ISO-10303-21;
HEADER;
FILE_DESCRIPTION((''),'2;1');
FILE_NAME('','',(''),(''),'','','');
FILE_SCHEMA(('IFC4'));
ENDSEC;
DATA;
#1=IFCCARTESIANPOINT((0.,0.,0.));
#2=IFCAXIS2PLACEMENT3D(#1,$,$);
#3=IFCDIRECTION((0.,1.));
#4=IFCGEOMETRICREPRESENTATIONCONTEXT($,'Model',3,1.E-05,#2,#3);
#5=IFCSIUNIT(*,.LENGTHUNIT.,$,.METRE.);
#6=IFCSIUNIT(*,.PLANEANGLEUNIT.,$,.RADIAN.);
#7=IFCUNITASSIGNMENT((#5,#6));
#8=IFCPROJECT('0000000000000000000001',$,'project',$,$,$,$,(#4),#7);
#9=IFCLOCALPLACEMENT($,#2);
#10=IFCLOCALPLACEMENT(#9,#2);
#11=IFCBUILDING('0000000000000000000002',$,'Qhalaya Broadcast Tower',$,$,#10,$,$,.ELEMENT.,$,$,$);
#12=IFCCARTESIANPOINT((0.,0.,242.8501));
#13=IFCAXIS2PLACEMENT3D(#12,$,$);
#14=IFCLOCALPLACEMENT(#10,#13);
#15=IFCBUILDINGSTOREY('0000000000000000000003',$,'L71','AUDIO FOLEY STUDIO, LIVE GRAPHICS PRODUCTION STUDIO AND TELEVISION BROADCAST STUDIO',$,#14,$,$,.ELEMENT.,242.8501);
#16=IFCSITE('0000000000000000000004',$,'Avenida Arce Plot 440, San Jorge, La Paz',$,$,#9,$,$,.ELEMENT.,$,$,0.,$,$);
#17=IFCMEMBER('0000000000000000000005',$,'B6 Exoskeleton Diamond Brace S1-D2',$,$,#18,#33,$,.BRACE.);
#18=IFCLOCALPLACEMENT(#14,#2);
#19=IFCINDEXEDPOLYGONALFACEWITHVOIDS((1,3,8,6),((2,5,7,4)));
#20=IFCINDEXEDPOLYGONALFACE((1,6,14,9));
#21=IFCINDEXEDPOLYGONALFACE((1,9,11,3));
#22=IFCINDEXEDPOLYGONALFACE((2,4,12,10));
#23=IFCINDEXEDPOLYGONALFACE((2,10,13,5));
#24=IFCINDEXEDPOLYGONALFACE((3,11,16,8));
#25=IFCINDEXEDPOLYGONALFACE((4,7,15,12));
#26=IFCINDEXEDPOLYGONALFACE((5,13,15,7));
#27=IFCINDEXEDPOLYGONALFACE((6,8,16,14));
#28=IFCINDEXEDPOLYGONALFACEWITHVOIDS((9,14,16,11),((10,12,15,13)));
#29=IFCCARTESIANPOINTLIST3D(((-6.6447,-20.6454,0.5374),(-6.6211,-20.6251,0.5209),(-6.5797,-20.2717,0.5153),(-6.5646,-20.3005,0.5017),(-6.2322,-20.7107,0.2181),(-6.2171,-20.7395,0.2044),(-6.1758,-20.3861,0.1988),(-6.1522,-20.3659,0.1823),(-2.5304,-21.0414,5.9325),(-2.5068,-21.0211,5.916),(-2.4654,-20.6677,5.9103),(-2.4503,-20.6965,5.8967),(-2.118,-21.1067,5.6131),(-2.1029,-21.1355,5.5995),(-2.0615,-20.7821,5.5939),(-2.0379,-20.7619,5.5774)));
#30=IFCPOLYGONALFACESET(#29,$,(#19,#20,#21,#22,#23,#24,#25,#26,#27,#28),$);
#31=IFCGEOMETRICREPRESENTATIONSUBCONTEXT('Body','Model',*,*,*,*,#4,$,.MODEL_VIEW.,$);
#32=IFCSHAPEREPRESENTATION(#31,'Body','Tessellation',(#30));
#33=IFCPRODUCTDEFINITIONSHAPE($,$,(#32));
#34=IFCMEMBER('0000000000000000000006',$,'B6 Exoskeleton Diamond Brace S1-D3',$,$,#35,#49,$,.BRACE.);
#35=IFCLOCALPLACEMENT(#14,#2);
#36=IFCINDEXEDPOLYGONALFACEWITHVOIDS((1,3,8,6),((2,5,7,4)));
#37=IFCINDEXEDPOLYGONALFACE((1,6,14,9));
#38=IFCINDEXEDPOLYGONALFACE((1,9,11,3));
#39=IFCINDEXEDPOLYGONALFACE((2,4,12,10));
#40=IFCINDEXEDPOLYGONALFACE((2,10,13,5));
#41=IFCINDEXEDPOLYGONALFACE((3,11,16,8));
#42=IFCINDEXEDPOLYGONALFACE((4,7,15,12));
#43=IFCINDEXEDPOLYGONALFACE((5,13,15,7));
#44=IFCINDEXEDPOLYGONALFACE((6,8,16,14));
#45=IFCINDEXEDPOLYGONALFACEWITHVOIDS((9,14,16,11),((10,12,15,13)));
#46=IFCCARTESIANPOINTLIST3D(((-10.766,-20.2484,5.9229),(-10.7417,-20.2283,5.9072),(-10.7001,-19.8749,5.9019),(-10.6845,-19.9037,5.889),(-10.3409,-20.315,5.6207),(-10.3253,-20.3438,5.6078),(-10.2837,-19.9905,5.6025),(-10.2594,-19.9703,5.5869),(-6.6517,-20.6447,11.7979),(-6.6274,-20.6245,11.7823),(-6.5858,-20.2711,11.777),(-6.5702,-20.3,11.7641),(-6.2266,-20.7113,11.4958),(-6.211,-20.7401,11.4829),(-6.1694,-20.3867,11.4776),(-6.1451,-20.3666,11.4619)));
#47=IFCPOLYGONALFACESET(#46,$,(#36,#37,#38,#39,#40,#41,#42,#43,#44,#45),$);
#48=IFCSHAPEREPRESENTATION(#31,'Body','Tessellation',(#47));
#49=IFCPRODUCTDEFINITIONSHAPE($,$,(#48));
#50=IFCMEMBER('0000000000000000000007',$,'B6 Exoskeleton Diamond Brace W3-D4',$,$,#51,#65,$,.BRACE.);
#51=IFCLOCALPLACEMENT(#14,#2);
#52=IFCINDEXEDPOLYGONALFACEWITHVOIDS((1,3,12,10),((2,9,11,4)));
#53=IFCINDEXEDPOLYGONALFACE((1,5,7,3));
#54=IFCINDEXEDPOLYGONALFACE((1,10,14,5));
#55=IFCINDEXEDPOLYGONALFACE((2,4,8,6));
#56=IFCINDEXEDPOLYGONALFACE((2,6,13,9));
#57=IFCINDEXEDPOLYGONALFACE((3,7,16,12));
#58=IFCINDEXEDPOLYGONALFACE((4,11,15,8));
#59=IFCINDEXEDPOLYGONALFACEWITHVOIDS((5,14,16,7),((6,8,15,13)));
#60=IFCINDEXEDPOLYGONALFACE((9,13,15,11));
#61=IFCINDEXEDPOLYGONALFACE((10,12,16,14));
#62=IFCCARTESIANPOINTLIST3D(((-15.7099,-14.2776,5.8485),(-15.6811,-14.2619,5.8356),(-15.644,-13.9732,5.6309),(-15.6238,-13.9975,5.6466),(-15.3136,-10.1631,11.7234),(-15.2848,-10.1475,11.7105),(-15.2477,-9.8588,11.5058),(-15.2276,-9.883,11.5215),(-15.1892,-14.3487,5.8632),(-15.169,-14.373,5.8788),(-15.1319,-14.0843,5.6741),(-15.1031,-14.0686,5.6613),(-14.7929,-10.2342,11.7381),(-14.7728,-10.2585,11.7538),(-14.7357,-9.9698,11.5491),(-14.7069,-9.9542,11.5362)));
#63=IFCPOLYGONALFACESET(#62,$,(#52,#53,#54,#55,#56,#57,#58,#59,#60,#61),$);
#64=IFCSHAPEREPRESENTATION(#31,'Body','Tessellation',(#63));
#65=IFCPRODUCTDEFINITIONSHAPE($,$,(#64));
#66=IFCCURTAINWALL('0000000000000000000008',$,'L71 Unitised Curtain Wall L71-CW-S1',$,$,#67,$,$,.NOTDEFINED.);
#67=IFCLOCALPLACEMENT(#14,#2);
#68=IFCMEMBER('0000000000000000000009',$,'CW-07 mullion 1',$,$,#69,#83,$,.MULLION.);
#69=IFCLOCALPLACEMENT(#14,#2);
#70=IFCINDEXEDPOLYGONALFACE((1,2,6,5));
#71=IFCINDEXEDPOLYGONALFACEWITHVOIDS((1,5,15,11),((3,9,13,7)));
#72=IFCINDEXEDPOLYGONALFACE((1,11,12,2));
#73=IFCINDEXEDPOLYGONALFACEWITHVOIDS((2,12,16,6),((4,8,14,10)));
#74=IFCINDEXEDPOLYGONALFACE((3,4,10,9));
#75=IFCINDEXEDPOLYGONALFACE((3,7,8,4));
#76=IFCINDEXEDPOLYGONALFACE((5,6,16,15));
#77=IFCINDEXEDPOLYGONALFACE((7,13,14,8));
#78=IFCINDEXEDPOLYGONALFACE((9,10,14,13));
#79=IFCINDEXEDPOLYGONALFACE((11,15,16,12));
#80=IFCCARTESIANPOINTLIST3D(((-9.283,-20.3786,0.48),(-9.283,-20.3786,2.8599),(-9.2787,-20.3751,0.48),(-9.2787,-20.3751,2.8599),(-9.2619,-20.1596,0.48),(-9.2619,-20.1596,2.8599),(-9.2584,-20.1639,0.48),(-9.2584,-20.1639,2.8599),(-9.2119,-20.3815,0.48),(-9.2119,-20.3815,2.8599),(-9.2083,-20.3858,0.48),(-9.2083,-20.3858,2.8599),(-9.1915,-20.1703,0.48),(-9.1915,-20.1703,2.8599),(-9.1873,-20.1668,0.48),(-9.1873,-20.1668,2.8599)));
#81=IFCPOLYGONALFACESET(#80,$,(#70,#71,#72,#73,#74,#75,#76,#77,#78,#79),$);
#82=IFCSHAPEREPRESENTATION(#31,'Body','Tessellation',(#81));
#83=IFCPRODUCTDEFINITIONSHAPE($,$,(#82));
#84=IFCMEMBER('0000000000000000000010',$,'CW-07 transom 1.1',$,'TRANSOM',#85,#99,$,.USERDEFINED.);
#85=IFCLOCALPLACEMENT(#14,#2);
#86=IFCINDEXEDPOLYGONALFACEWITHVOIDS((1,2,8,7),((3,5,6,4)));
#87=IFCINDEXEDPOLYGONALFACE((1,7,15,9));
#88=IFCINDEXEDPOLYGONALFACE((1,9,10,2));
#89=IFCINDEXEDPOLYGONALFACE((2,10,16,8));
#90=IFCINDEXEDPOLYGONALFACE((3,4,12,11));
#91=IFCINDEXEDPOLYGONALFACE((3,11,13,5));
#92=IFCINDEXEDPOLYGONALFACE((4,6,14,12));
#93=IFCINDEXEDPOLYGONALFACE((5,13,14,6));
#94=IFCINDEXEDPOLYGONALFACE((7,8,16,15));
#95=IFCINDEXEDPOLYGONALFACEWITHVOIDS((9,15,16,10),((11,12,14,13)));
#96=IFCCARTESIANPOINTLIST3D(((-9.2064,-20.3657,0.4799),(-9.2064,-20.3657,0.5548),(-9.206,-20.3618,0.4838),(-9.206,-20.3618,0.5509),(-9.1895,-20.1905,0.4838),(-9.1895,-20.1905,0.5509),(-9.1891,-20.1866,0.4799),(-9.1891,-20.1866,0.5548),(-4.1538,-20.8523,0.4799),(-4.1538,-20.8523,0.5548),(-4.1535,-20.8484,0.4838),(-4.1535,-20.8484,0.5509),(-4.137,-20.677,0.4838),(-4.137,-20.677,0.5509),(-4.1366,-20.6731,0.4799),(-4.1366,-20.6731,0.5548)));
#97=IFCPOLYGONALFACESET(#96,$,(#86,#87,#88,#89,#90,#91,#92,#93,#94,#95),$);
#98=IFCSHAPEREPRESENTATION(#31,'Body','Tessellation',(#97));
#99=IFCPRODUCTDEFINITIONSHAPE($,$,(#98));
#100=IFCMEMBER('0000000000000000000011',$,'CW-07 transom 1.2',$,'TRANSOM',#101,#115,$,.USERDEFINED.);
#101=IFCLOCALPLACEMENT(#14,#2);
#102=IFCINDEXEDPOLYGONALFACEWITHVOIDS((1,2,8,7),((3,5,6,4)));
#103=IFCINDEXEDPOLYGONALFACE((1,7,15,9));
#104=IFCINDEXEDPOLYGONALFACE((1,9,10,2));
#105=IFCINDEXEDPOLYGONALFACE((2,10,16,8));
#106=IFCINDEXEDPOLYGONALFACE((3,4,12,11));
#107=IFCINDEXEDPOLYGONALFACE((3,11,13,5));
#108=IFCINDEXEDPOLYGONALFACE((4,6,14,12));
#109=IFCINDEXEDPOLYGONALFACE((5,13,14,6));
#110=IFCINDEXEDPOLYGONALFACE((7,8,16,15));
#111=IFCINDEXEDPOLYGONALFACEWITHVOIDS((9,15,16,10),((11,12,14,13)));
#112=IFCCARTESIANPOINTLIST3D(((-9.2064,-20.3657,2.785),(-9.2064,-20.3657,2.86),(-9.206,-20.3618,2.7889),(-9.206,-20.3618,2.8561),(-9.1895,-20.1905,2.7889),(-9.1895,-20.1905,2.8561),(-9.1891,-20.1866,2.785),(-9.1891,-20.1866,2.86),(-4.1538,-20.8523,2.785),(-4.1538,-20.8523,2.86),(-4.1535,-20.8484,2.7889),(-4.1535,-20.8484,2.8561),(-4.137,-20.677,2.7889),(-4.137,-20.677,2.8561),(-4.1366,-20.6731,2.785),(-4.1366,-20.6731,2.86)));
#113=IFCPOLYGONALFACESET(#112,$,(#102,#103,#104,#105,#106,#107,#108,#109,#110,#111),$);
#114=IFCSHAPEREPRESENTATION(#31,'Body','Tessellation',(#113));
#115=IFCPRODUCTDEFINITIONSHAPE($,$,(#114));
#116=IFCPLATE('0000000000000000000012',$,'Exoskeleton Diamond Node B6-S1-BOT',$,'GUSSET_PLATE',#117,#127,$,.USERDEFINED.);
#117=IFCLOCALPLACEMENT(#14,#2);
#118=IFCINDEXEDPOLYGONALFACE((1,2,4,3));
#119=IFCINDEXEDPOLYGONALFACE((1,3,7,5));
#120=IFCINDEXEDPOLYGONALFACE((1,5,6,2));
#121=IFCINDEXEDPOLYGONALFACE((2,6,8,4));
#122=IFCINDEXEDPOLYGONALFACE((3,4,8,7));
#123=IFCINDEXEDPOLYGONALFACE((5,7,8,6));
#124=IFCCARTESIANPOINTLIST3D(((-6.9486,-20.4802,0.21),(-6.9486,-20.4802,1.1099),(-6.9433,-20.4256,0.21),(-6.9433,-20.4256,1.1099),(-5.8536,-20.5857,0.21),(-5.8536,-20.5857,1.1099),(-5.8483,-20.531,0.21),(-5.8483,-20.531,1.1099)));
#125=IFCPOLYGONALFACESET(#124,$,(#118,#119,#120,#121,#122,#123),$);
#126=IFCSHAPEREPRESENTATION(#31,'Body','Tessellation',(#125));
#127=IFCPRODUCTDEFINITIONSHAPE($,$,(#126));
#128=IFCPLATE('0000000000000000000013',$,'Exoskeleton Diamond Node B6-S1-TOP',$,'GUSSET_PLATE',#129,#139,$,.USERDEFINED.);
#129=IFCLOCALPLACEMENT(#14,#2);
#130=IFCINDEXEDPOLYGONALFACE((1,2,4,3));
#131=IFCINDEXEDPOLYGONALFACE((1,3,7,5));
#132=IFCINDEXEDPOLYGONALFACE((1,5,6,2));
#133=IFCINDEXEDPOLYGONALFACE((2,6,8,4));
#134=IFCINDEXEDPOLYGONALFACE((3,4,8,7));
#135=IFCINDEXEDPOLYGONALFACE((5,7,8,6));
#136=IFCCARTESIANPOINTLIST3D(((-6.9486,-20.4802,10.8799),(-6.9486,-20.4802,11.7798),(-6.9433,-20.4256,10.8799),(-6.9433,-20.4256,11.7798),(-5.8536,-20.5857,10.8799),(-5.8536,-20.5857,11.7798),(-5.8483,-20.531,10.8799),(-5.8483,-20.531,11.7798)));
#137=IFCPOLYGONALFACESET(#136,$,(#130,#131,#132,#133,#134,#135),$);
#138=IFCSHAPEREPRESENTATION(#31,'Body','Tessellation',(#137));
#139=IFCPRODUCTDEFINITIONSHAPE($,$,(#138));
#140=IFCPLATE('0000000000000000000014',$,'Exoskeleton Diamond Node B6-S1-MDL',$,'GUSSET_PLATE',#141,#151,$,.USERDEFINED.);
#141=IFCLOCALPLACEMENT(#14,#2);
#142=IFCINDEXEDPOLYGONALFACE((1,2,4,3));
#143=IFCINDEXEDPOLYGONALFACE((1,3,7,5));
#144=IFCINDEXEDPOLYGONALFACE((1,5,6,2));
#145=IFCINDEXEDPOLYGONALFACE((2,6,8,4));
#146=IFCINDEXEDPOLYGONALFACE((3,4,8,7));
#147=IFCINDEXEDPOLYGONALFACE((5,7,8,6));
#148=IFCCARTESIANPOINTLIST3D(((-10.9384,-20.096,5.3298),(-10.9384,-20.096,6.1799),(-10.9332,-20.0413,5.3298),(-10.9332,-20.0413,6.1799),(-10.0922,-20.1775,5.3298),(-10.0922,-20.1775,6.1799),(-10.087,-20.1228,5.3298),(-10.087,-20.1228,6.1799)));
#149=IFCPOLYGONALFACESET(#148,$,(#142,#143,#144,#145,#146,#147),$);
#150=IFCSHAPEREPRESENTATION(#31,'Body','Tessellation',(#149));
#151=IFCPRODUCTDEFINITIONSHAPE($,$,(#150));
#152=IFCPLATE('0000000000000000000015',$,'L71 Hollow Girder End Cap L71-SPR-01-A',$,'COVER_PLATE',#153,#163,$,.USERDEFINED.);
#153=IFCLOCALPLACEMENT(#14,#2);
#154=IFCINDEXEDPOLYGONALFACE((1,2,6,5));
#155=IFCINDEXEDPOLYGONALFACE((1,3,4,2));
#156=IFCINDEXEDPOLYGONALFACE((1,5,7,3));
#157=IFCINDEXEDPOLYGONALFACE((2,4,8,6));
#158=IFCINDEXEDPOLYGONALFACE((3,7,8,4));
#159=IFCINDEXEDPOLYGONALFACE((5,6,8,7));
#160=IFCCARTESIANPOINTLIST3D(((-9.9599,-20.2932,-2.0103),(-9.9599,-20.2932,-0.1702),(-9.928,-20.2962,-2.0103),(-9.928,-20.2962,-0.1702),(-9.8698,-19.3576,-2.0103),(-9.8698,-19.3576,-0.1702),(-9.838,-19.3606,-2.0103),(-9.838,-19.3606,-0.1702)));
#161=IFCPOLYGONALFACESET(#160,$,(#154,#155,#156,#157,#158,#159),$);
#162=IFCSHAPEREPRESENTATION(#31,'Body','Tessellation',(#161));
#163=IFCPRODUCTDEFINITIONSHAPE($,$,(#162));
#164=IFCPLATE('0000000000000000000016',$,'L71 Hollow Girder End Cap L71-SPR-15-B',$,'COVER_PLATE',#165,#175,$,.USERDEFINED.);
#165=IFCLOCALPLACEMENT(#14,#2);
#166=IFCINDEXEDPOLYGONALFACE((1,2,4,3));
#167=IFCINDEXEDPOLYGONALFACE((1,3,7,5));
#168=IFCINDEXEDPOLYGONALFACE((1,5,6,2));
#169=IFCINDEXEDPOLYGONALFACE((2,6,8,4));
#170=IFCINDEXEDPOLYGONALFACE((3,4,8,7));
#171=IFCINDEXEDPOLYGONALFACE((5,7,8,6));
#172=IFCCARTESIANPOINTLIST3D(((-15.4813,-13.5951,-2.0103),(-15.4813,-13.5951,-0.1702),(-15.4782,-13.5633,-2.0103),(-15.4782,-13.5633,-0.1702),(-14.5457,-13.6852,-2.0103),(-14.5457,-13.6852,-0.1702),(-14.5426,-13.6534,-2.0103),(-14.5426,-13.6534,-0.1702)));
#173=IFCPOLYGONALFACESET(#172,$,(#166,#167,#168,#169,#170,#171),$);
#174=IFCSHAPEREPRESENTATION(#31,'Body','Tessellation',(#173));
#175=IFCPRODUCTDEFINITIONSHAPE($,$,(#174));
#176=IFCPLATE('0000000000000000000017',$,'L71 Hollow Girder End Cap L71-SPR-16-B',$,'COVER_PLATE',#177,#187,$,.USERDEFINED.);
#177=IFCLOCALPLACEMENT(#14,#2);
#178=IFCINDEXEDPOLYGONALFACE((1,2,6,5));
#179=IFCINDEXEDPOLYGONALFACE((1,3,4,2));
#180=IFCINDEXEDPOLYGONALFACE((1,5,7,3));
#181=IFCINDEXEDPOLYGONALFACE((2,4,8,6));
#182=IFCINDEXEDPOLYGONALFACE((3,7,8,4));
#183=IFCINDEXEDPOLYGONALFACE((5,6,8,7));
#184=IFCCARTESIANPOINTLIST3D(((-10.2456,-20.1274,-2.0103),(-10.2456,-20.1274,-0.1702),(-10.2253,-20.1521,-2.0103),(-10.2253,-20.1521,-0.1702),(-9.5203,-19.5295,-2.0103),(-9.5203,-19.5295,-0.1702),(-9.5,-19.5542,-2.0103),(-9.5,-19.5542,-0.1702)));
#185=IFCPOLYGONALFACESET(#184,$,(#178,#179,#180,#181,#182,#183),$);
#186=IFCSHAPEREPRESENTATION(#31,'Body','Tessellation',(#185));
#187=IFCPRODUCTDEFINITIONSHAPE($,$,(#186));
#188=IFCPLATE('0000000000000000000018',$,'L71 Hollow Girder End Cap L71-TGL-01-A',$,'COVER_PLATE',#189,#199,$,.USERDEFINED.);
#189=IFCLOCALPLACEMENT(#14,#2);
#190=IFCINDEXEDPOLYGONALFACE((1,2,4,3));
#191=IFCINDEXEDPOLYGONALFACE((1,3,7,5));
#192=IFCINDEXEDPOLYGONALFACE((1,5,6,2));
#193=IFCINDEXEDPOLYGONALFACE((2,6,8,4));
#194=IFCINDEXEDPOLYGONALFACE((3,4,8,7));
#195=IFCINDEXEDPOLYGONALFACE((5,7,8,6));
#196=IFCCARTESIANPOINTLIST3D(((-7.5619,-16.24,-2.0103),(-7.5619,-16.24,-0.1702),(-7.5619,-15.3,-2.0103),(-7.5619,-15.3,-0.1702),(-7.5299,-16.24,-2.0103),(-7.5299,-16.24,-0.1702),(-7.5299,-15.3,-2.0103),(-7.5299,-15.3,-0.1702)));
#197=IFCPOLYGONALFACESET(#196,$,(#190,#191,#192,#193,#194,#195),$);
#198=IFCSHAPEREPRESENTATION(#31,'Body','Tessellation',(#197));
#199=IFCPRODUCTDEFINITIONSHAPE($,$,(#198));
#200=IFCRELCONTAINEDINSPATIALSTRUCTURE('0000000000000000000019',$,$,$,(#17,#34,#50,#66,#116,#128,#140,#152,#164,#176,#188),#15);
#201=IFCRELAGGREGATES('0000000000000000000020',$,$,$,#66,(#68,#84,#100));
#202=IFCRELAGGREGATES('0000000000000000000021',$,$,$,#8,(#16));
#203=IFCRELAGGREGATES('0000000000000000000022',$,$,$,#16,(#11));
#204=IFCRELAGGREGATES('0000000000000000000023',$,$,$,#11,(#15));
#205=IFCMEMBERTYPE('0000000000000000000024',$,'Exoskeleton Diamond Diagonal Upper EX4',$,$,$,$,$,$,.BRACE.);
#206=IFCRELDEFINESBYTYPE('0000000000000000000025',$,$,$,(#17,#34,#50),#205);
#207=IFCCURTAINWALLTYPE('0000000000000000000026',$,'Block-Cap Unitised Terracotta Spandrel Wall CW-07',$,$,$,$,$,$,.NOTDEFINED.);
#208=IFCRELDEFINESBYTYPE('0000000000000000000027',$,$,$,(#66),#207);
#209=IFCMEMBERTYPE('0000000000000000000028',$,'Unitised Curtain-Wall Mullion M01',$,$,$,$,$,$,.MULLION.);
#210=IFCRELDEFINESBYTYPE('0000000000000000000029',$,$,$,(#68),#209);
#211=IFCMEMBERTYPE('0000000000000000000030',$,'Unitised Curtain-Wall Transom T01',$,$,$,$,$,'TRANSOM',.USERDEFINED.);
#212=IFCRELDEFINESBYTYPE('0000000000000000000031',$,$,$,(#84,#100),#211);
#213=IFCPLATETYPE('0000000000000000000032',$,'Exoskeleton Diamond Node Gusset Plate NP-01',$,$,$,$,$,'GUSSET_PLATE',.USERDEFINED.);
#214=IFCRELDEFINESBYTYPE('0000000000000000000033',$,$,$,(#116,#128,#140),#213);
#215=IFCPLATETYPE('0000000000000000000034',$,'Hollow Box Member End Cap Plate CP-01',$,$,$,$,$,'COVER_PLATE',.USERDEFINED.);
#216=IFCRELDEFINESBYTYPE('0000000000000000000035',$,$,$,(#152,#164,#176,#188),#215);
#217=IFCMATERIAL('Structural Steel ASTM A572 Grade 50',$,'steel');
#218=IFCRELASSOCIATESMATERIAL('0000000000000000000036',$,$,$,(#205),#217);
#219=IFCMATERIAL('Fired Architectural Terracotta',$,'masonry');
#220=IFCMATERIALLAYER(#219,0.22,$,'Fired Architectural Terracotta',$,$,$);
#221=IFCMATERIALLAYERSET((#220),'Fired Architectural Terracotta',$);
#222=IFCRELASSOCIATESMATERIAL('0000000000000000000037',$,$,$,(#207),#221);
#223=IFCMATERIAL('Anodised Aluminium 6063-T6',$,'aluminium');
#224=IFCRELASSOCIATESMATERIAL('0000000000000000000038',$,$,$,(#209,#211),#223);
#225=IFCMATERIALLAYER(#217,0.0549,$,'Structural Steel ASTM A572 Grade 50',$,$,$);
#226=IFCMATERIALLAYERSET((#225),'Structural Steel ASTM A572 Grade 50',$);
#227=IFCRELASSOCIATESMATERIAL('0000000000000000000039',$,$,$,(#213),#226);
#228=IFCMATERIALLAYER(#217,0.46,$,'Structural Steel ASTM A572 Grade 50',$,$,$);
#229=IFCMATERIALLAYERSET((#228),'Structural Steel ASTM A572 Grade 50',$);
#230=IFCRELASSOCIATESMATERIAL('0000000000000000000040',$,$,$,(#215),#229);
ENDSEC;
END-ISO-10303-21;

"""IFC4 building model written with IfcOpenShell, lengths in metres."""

from ifc_helpers import new_model, si_unit, direction, frame, origin, origin_2d, place, context, subcontext, project, spatial, rectangle, hollow_rectangle, extrude, material, layer, layer_set, material_profile, profile_set, type_object, element, aggregate, save


model = new_model("IFC4")

# Units and contexts
model_context = context("Model", 3, precision=1e-05, world=origin(), true_north=direction((0.0, 1.0)))
body_context = subcontext(model_context, "Body", "Model", "MODEL_VIEW")
ifc_project = project(units=[si_unit("LENGTHUNIT", "METRE"), si_unit("PLANEANGLEUNIT", "RADIAN")], contexts=[model_context])

# Site, building, storey
site_placement = place(None, origin())
site = spatial("IfcSite", under=ifc_project, at=site_placement, Name="Avenida Arce Plot 440, San Jorge, La Paz", CompositionType="ELEMENT", RefElevation=0.0)
building_placement = place(site_placement, origin())
building = spatial("IfcBuilding", under=site, at=building_placement, Name="Qhalaya Broadcast Tower", CompositionType="ELEMENT")
storey_placement = place(building_placement, frame((0.0, 0.0, 242.8501)))
storey = spatial("IfcBuildingStorey", under=building, at=storey_placement, Name="L71", Description="AUDIO FOLEY STUDIO, LIVE GRAPHICS PRODUCTION STUDIO AND TELEVISION BROADCAST STUDIO", CompositionType="ELEMENT", Elevation=242.8501)

# Shared definitions
ifc_material_1 = material(Name="Structural Steel ASTM A572 Grade 50", Category="steel")

# Members
ifc_material_profile_1 = material_profile(ifc_material_1, hollow_rectangle(XDim=0.3799, YDim=0.55, WallThickness=0.0249, at=origin_2d()), Name="BOX 380x550x25")
ifc_profile_set_1 = profile_set([ifc_material_profile_1], Name="Structural Steel ASTM A572 Grade 50")
member_type_1 = type_object("IfcMemberType", Name="Exoskeleton Diamond Diagonal Upper EX4", PredefinedType="BRACE", material=ifc_profile_set_1)
for number, where, z_axis, x_axis, name in (
    (1, (-6.3984, -20.5056, 0.3599), (0.605364, -0.058266, 0.793813), (0.171099, 0.983528, -0.05829), "B6 Exoskeleton Diamond Brace S1-D2"),
):
    element("IfcMember", number, at=place(storey_placement, frame(where, z_axis=z_axis, x_axis=x_axis)), inside=storey, type_object=member_type_1, Name=name, PredefinedType="BRACE", context=body_context, shape_type="SweptSolid", body=[
        extrude(hollow_rectangle(XDim=0.3799, YDim=0.55, WallThickness=0.0249, at=origin_2d()), origin(), (0.0, 0.0, 1.0), 6.7964),
    ])
for number, where, z_axis, x_axis, name in (
    (2, (-10.5127, -20.1094, 5.7549), (0.572753, -0.055161, 0.81787), (0.173452, 0.983297, -0.05515), "B6 Exoskeleton Diamond Brace S1-D3"),
    (3, (-15.4065, -14.1731, 5.7549), (0.05516, 0.572776, 0.817854), (-0.173443, -0.801152, 0.572777), "B6 Exoskeleton Diamond Brace W3-D4"),
):
    element("IfcMember", number, at=place(storey_placement, frame(where, z_axis=z_axis, x_axis=x_axis)), inside=storey, type_object=member_type_1, Name=name, PredefinedType="BRACE", context=body_context, shape_type="SweptSolid", body=[
        extrude(hollow_rectangle(XDim=0.3799, YDim=0.55, WallThickness=0.0249, at=origin_2d()), origin(), (0.0, 0.0, 1.0), 7.1833),
    ])

# Curtain wall, members
ifc_material_2 = material(Name="Fired Architectural Terracotta", Category="masonry")
ifc_layer_1 = layer(ifc_material_2, 0.22, Name="Fired Architectural Terracotta")
ifc_layer_set_1 = layer_set([ifc_layer_1], Name="Fired Architectural Terracotta")
curtain_wall_type = type_object("IfcCurtainWallType", Name="Block-Cap Unitised Terracotta Spandrel Wall CW-07", PredefinedType="NOTDEFINED", material=ifc_layer_set_1)
curtain_wall_placement = place(storey_placement, origin())
curtain_wall = element("IfcCurtainWall", 4, at=curtain_wall_placement, inside=storey, type_object=curtain_wall_type, Name="L71 Unitised Curtain Wall L71-CW-S1", PredefinedType="NOTDEFINED")
ifc_material_3 = material(Name="Anodised Aluminium 6063-T6", Category="aluminium")
ifc_material_profile_2 = material_profile(ifc_material_3, hollow_rectangle(XDim=0.075, YDim=0.22, WallThickness=0.0039, at=origin_2d()), Name="ALU-MUL 75x220x4")
ifc_profile_set_2 = profile_set([ifc_material_profile_2], Name="Anodised Aluminium 6063-T6")
member_type_2 = type_object("IfcMemberType", Name="Unitised Curtain-Wall Mullion M01", PredefinedType="MULLION", material=ifc_profile_set_2)
member_1_placement = place(storey_placement, frame((-9.2351, -20.2727, 0.48), z_axis=(0.0, 0.0, 1.0), x_axis=(0.995396, -0.095848, 0.0)))
member_1 = element("IfcMember", 5, at=member_1_placement, type_object=member_type_2, Name="CW-07 mullion 1", PredefinedType="MULLION", context=body_context, shape_type="SweptSolid", body=[
    extrude(hollow_rectangle(XDim=0.075, YDim=0.22, WallThickness=0.0039, at=origin_2d()), origin(), (0.0, 0.0, 1.0), 2.3799),
])
ifc_material_profile_3 = material_profile(ifc_material_3, hollow_rectangle(XDim=0.075, YDim=0.1799, WallThickness=0.0039, at=origin_2d()), Name="ALU-TRN 75x180x4")
ifc_profile_set_3 = profile_set([ifc_material_profile_3], Name="Anodised Aluminium 6063-T6")
member_type_3 = type_object("IfcMemberType", Name="Unitised Curtain-Wall Transom T01", ElementType="TRANSOM", PredefinedType="USERDEFINED", material=ifc_profile_set_3)
member_2_placement = place(storey_placement, frame((-9.1978, -20.2761, 0.5173), z_axis=(0.995395, -0.09586, 0.0), x_axis=(0.0, 0.0, 1.0)))
member_2 = element("IfcMember", 6, at=member_2_placement, type_object=member_type_3, Name="CW-07 transom 1.1", ObjectType="TRANSOM", PredefinedType="USERDEFINED", context=body_context, shape_type="SweptSolid", body=[
    extrude(hollow_rectangle(XDim=0.075, YDim=0.1799, WallThickness=0.0039, at=origin_2d()), origin(), (0.0, 0.0, 1.0), 5.0759),
])
member_3_placement = place(storey_placement, frame((-9.1978, -20.2761, 2.8225), z_axis=(0.995395, -0.09586, 0.0), x_axis=(0.0, 0.0, 1.0)))
member_3 = element("IfcMember", 7, at=member_3_placement, type_object=member_type_3, Name="CW-07 transom 1.2", ObjectType="TRANSOM", PredefinedType="USERDEFINED", context=body_context, shape_type="SweptSolid", body=[
    extrude(hollow_rectangle(XDim=0.075, YDim=0.1799, WallThickness=0.0039, at=origin_2d()), origin(), (0.0, 0.0, 1.0), 5.0759),
])

# Plates
ifc_layer_2 = layer(ifc_material_1, 0.0549, Name="Structural Steel ASTM A572 Grade 50")
ifc_layer_set_2 = layer_set([ifc_layer_2], Name="Structural Steel ASTM A572 Grade 50")
plate_type_1 = type_object("IfcPlateType", Name="Exoskeleton Diamond Node Gusset Plate NP-01", ElementType="GUSSET_PLATE", PredefinedType="USERDEFINED", material=ifc_layer_set_2)
for number, where, z_axis, x_axis, name in (
    (8, (-6.3984, -20.5056, 0.21), (0.0, 0.0, 1.0), (0.995396, -0.095846, 0.0), "Exoskeleton Diamond Node B6-S1-BOT"),
    (9, (-6.3984, -20.5056, 10.8799), (0.0, 0.0, 1.0), (0.995396, -0.095846, 0.0), "Exoskeleton Diamond Node B6-S1-TOP"),
):
    element("IfcPlate", number, at=place(storey_placement, frame(where, z_axis=z_axis, x_axis=x_axis)), inside=storey, type_object=plate_type_1, Name=name, ObjectType="GUSSET_PLATE", PredefinedType="USERDEFINED", context=body_context, shape_type="SweptSolid", body=[
        extrude(rectangle(XDim=1.1001, YDim=0.0549, at=origin_2d()), origin(), (0.0, 0.0, 1.0), 0.8999),
    ])
plate_1_placement = place(storey_placement, frame((-10.5127, -20.1094, 5.3298), z_axis=(0.0, 0.0, 1.0), x_axis=(0.995396, -0.095846, 0.0)))
element("IfcPlate", 10, at=plate_1_placement, inside=storey, type_object=plate_type_1, Name="Exoskeleton Diamond Node B6-S1-MDL", ObjectType="GUSSET_PLATE", PredefinedType="USERDEFINED", context=body_context, shape_type="SweptSolid", body=[
    extrude(rectangle(XDim=0.8501, YDim=0.0549, at=origin_2d()), origin(), (0.0, 0.0, 1.0), 0.8501),
])
ifc_layer_3 = layer(ifc_material_1, 0.46, Name="Structural Steel ASTM A572 Grade 50")
ifc_layer_set_3 = layer_set([ifc_layer_3], Name="Structural Steel ASTM A572 Grade 50")
plate_type_2 = type_object("IfcPlateType", Name="Hollow Box Member End Cap Plate CP-01", ElementType="COVER_PLATE", PredefinedType="USERDEFINED", material=ifc_layer_set_3)
for number, where, z_axis, x_axis, name in (
    (11, (-9.8989, -19.8269, -2.0103), (0.0, 0.0, 1.0), (0.095828, 0.995398, 0.0), "L71 Hollow Girder End Cap L71-SPR-01-A"),
    (12, (-15.012, -13.6243, -2.0103), (0.0, 0.0, 1.0), (0.995396, -0.095846, 0.0), "L71 Hollow Girder End Cap L71-SPR-15-B"),
    (13, (-9.8728, -19.8408, -2.0103), (0.0, 0.0, 1.0), (0.771625, 0.636078, 0.0), "L71 Hollow Girder End Cap L71-SPR-16-B"),
    (14, (-7.5459, -15.77, -2.0103), (0.0, 0.0, 1.0), (0.0, 1.0, 0.0), "L71 Hollow Girder End Cap L71-TGL-01-A"),
):
    element("IfcPlate", number, at=place(storey_placement, frame(where, z_axis=z_axis, x_axis=x_axis)), inside=storey, type_object=plate_type_2, Name=name, ObjectType="COVER_PLATE", PredefinedType="USERDEFINED", context=body_context, shape_type="SweptSolid", body=[
        extrude(rectangle(XDim=0.9399, YDim=0.032, at=origin_2d()), origin(), (0.0, 0.0, 1.0), 1.8401),
    ])

aggregate(curtain_wall, [member_1, member_2, member_3])

save(model, "model.ifc")
